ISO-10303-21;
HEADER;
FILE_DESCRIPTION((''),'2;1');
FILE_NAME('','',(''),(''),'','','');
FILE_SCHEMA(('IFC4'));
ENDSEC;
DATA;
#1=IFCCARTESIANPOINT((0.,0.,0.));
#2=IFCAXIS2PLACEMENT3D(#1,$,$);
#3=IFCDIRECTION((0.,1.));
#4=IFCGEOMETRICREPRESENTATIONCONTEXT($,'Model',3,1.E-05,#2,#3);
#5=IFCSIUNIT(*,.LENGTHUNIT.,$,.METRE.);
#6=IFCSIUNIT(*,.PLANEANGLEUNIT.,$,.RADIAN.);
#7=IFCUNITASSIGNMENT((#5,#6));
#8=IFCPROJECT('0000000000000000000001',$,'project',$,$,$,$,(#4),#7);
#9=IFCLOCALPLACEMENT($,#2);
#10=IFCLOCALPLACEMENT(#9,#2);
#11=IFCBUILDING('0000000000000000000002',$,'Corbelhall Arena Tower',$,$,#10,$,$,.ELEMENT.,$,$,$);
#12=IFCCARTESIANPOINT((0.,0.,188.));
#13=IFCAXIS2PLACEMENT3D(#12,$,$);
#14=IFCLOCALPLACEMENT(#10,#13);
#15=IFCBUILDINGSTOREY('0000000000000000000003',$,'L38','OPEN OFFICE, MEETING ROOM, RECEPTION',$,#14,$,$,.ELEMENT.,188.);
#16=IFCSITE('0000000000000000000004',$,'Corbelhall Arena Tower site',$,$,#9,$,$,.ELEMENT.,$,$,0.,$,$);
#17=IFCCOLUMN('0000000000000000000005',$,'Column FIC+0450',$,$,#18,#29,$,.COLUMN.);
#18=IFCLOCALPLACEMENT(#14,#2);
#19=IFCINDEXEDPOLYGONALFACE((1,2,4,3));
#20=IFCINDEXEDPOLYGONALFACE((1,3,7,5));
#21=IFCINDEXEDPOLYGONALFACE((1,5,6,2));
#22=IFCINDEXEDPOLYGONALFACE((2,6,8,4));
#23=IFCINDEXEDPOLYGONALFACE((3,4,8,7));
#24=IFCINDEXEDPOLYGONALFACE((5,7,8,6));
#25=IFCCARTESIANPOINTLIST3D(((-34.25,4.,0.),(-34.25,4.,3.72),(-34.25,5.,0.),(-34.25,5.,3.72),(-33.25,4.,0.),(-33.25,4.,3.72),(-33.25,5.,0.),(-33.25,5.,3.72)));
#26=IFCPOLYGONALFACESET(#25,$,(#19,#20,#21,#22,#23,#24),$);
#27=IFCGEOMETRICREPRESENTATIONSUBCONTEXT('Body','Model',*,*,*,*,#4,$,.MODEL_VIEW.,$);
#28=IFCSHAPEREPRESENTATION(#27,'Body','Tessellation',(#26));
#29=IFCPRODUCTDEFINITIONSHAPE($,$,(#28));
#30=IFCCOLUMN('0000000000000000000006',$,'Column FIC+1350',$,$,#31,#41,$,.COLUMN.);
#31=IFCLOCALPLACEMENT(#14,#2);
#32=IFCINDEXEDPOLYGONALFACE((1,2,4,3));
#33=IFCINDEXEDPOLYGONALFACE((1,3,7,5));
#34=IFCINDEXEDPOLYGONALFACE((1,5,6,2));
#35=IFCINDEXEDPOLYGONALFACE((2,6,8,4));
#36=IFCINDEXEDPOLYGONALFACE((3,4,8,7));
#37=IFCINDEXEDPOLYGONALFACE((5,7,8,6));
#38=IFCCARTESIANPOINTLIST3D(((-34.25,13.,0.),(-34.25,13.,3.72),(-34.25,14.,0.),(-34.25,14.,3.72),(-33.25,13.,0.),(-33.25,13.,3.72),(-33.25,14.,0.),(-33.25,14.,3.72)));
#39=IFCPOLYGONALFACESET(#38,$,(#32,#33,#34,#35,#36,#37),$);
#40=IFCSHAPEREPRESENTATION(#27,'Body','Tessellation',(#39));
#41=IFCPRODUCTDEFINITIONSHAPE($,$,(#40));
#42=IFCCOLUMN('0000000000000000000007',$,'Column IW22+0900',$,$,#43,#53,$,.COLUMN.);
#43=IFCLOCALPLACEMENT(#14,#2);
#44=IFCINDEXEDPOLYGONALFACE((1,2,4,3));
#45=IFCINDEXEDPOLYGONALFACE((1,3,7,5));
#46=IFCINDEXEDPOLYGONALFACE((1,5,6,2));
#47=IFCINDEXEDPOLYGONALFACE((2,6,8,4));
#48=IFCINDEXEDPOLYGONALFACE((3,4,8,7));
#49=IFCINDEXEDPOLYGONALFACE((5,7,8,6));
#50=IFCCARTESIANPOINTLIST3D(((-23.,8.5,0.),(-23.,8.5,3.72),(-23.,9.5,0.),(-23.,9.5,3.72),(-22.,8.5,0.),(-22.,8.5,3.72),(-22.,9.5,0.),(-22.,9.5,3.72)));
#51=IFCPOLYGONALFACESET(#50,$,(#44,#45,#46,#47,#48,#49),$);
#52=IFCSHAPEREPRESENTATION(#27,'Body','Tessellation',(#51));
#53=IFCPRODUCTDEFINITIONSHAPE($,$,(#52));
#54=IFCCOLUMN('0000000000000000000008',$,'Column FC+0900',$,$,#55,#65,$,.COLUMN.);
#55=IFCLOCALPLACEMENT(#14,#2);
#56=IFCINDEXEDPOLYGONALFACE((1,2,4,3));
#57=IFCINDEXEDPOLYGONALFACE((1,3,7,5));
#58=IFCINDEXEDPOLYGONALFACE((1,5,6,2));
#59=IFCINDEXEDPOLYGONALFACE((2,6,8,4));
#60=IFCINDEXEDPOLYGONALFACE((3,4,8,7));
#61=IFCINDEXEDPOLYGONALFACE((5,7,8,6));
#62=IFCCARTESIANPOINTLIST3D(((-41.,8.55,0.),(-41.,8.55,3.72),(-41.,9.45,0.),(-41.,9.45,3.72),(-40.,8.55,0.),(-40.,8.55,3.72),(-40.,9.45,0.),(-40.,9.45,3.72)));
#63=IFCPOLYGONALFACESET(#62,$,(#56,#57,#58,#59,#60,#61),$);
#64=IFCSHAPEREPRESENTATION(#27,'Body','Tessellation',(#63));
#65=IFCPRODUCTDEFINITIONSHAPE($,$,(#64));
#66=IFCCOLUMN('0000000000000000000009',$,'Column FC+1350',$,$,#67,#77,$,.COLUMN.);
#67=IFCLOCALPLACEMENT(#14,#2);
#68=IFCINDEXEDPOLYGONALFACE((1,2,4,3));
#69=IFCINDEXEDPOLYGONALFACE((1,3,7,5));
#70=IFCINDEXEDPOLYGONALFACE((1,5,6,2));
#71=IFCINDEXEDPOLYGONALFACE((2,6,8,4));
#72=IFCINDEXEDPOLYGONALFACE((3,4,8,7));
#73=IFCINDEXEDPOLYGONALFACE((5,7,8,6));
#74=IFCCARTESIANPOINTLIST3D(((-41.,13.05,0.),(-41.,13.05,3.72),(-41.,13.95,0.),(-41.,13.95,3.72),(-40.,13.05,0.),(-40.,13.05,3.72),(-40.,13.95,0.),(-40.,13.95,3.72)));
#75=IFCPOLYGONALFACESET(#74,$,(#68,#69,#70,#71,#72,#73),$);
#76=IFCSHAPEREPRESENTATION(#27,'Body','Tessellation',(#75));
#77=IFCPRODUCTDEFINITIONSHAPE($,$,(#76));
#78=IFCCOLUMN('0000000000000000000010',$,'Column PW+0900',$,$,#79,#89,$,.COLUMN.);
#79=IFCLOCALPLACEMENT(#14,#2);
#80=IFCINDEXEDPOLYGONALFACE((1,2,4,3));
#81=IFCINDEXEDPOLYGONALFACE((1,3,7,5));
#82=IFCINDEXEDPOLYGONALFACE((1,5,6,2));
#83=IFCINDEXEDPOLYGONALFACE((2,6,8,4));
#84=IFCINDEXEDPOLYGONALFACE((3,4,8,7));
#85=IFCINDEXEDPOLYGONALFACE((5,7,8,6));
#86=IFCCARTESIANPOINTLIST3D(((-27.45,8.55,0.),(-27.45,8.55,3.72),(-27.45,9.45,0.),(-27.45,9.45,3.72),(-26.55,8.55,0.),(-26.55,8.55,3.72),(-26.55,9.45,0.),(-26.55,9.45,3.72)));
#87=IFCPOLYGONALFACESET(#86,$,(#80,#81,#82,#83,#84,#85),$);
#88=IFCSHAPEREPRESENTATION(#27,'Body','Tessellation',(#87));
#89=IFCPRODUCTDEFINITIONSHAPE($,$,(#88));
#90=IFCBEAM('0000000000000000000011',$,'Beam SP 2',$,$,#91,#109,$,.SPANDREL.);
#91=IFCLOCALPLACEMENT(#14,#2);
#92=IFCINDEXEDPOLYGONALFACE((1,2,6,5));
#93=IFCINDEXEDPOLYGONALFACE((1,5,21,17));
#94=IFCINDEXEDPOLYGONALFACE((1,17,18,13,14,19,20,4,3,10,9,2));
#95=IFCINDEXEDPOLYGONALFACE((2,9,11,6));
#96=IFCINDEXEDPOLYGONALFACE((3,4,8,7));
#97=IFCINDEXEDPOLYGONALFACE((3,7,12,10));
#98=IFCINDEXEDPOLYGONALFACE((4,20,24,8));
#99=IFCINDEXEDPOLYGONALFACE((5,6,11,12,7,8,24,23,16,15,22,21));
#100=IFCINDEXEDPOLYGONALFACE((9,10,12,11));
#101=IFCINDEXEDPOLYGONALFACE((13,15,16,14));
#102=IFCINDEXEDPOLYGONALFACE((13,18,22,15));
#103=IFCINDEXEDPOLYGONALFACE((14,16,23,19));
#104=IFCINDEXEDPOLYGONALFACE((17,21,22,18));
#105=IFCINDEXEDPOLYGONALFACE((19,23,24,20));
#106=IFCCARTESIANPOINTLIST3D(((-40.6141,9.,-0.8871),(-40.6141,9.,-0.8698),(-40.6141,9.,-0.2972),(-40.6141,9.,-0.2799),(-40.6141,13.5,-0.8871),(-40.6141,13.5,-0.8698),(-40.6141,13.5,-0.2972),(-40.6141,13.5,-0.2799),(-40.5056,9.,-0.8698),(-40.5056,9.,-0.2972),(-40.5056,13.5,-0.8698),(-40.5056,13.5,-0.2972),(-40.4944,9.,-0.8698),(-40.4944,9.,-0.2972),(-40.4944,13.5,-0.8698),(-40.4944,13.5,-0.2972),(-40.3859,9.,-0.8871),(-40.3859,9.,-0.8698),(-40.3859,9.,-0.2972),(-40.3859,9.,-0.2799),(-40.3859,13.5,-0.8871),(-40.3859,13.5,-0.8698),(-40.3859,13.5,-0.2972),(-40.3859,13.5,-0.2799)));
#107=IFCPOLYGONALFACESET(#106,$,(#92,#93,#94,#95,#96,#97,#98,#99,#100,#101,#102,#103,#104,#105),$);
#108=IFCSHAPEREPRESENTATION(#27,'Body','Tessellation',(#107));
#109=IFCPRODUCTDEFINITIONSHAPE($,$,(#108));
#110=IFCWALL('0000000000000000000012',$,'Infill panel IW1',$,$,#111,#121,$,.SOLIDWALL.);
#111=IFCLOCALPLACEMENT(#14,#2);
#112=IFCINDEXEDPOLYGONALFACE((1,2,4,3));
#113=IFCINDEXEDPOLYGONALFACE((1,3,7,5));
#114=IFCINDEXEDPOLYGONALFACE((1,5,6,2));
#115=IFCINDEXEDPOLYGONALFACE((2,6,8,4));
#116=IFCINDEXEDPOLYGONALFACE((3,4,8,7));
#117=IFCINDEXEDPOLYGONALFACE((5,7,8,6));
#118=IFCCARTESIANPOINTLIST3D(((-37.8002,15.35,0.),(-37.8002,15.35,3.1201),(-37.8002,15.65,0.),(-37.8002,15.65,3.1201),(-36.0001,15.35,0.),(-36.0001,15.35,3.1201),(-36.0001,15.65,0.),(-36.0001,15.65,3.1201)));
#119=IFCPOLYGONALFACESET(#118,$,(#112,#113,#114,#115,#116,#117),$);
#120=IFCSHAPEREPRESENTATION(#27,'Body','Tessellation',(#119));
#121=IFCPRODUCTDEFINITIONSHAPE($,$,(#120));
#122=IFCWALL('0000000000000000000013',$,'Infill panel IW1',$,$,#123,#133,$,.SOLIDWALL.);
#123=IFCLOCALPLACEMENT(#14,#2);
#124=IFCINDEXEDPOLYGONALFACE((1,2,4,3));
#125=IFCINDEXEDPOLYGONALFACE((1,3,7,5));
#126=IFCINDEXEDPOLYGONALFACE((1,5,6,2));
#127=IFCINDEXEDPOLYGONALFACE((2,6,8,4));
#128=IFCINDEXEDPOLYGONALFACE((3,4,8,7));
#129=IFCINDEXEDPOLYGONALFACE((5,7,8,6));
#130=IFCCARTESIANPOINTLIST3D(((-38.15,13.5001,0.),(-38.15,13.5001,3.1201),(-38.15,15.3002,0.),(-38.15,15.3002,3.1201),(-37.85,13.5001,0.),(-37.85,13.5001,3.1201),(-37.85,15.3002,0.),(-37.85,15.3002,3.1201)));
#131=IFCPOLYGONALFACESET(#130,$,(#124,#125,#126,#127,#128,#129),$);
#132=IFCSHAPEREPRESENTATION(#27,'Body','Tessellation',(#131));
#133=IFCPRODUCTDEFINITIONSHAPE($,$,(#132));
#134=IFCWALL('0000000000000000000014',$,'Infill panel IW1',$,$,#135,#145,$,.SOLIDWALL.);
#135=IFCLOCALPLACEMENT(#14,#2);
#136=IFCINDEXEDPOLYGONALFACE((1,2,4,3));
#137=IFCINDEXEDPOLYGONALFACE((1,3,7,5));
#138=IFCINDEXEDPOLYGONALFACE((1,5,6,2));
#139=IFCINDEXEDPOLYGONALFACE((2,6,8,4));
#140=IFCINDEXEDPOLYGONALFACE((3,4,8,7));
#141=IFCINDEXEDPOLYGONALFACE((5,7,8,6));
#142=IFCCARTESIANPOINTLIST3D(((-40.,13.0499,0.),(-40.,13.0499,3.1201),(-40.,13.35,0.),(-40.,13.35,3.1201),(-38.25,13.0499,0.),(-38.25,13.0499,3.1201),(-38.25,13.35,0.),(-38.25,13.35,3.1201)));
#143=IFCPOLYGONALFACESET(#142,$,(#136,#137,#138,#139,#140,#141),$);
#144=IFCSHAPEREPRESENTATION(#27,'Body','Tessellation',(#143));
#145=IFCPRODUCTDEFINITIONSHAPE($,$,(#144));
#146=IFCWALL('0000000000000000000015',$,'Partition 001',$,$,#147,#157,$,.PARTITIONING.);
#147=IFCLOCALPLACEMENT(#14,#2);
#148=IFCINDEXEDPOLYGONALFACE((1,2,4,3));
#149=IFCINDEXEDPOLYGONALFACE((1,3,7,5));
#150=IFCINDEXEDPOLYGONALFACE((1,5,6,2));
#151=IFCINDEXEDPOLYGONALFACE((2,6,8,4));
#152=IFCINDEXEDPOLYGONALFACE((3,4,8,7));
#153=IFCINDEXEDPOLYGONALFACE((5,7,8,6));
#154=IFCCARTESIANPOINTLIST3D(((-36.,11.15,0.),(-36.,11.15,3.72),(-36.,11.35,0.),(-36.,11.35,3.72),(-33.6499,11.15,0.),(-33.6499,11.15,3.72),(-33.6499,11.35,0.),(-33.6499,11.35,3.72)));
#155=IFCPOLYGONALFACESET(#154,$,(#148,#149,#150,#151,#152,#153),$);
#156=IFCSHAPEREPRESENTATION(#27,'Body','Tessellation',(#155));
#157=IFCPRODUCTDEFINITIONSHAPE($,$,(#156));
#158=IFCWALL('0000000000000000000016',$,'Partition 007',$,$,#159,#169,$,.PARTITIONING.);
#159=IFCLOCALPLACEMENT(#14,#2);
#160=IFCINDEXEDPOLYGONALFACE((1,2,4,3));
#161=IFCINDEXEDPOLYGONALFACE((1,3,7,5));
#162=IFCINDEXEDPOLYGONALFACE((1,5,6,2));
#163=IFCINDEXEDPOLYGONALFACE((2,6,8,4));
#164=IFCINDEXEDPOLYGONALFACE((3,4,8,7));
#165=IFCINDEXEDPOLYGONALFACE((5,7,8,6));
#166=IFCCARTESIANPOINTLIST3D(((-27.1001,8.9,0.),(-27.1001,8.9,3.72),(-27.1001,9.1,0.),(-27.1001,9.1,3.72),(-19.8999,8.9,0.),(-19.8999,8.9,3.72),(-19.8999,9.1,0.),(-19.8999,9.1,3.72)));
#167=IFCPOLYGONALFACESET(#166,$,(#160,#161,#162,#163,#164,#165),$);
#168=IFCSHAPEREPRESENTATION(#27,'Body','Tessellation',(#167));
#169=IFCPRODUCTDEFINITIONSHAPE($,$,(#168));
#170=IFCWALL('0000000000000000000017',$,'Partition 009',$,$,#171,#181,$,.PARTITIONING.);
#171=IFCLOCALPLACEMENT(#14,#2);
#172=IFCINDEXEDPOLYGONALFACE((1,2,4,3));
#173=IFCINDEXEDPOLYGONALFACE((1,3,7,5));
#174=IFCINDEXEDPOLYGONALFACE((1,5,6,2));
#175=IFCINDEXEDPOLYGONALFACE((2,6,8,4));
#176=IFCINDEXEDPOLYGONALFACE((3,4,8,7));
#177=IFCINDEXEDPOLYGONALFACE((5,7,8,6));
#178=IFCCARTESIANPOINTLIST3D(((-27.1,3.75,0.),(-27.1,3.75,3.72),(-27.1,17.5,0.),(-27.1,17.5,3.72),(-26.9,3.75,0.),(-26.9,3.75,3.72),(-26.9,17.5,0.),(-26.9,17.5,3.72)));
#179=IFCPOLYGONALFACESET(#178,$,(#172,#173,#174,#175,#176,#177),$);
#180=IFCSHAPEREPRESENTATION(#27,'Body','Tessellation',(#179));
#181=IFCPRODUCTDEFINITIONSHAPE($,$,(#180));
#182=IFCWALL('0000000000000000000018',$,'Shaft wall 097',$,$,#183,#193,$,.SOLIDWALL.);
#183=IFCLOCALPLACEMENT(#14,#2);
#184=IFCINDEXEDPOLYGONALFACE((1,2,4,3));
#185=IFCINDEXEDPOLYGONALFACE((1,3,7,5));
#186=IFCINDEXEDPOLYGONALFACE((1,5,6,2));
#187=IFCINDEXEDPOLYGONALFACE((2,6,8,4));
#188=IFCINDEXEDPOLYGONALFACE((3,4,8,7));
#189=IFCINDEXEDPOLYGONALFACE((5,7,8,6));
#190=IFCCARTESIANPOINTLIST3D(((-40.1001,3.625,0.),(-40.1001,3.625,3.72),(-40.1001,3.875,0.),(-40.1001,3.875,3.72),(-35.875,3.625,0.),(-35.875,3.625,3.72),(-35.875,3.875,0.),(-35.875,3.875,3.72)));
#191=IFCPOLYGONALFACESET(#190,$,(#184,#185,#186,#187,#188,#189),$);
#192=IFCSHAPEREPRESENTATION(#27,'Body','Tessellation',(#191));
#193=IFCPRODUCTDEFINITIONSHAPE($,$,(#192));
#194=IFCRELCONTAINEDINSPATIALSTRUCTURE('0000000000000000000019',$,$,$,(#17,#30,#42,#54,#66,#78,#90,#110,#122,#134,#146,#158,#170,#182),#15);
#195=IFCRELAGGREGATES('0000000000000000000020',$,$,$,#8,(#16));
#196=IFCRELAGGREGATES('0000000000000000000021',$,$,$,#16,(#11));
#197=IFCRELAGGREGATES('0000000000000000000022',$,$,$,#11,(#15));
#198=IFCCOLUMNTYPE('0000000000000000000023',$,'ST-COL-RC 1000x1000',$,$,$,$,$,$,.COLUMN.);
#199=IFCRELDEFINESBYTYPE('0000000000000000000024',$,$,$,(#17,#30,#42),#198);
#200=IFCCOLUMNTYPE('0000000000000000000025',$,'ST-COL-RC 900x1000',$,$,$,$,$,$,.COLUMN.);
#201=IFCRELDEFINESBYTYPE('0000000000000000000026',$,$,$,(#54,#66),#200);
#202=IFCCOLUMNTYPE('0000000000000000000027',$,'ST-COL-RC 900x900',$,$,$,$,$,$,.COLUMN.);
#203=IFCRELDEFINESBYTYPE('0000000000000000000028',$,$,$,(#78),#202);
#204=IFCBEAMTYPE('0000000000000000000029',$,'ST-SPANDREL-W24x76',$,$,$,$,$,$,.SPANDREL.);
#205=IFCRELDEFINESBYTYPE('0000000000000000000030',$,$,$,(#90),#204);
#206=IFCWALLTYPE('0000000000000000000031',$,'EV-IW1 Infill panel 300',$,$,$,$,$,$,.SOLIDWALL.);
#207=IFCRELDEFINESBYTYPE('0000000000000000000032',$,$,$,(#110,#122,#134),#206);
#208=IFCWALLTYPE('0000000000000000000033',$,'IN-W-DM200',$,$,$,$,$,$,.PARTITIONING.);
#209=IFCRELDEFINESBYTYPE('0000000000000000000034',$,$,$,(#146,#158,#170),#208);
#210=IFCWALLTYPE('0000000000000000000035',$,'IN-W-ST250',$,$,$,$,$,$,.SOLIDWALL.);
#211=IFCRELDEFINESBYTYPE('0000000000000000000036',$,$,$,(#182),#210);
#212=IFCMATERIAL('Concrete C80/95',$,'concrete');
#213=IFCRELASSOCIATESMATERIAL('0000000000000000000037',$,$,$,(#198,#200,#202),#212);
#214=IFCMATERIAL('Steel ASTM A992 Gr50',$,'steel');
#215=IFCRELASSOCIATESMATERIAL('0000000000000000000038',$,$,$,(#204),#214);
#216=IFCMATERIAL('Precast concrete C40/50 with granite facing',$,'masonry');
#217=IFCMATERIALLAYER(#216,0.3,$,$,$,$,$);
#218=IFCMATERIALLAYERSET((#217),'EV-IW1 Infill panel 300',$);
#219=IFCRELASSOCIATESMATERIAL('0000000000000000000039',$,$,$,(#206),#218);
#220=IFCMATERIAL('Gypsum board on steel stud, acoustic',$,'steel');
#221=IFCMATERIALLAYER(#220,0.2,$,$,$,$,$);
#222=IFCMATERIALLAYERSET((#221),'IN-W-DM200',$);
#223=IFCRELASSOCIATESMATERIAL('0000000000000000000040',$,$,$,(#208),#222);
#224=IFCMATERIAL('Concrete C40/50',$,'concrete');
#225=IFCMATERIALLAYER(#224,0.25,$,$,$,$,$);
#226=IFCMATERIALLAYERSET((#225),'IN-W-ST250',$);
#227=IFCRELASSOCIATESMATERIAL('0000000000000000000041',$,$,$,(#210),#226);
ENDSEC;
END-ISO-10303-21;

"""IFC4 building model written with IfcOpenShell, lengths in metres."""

from ifc_helpers import new_model, si_unit, direction, frame, frame_2d, origin, origin_2d, place, context, subcontext, project, spatial, rectangle, i_section, extrude, material, layer, layer_set, material_profile, profile_set, type_object, element, save


model = new_model("IFC4")

# Units and contexts
model_context = context("Model", 3, precision=1e-05, world=origin(), true_north=direction((0.0, 1.0)))
body_context = subcontext(model_context, "Body", "Model", "MODEL_VIEW")
ifc_project = project(units=[si_unit("LENGTHUNIT", "METRE"), si_unit("PLANEANGLEUNIT", "RADIAN")], contexts=[model_context])

# Site, building, storey
site_placement = place(None, origin())
site = spatial("IfcSite", under=ifc_project, at=site_placement, Name="Corbelhall Arena Tower site", CompositionType="ELEMENT", RefElevation=0.0)
building_placement = place(site_placement, origin())
building = spatial("IfcBuilding", under=site, at=building_placement, Name="Corbelhall Arena Tower", CompositionType="ELEMENT")
storey_placement = place(building_placement, frame((0.0, 0.0, 188.0)))
storey = spatial("IfcBuildingStorey", under=building, at=storey_placement, Name="L38", Description="OPEN OFFICE, MEETING ROOM, RECEPTION", CompositionType="ELEMENT", Elevation=188.0)

# Columns
ifc_material_1 = material(Name="Concrete C80/95", Category="concrete")
ifc_material_profile_1 = material_profile(ifc_material_1, rectangle(XDim=1.0, YDim=1.0, at=origin_2d()))
ifc_profile_set_1 = profile_set([ifc_material_profile_1], Name="Concrete C80/95")
column_type_1 = type_object("IfcColumnType", Name="ST-COL-RC 1000x1000", PredefinedType="COLUMN", material=ifc_profile_set_1)
for number, where, z_axis, x_axis, name in (
    (1, (-33.75, 4.5, 0.0), (0.0, 0.0, 1.0), (1.0, 0.0, 0.0), "Column FIC+0450"),
    (2, (-33.75, 13.5, 0.0), (0.0, 0.0, 1.0), (1.0, 0.0, 0.0), "Column FIC+1350"),
    (3, (-22.5, 9.0, 0.0), (0.0, 0.0, 1.0), (1.0, 0.0, 0.0), "Column IW22+0900"),
):
    element("IfcColumn", number, at=place(storey_placement, frame(where, z_axis=z_axis, x_axis=x_axis)), inside=storey, type_object=column_type_1, Name=name, PredefinedType="COLUMN", context=body_context, shape_type="SweptSolid", body=[
        extrude(rectangle(XDim=1.0, YDim=1.0, at=origin_2d()), origin(), (0.0, 0.0, 1.0), 3.72),
    ])
ifc_material_profile_2 = material_profile(ifc_material_1, rectangle(XDim=0.8999, YDim=1.0, at=origin_2d()))
ifc_profile_set_2 = profile_set([ifc_material_profile_2], Name="Concrete C80/95")
column_type_2 = type_object("IfcColumnType", Name="ST-COL-RC 900x1000", PredefinedType="COLUMN", material=ifc_profile_set_2)
for number, where, z_axis, x_axis, name in (
    (4, (-40.5, 9.0, 0.0), (0.0, 0.0, 1.0), (0.0, 1.0, 0.0), "Column FC+0900"),
    (5, (-40.5, 13.5, 0.0), (0.0, 0.0, 1.0), (0.0, 1.0, 0.0), "Column FC+1350"),
):
    element("IfcColumn", number, at=place(storey_placement, frame(where, z_axis=z_axis, x_axis=x_axis)), inside=storey, type_object=column_type_2, Name=name, PredefinedType="COLUMN", context=body_context, shape_type="SweptSolid", body=[
        extrude(rectangle(XDim=0.8999, YDim=1.0, at=origin_2d()), origin(), (0.0, 0.0, 1.0), 3.72),
    ])
ifc_material_profile_3 = material_profile(ifc_material_1, rectangle(XDim=0.8999, YDim=0.8999, at=origin_2d()))
ifc_profile_set_3 = profile_set([ifc_material_profile_3], Name="Concrete C80/95")
column_type_3 = type_object("IfcColumnType", Name="ST-COL-RC 900x900", PredefinedType="COLUMN", material=ifc_profile_set_3)
column_placement = place(storey_placement, frame((-27.0, 9.0, 0.0), z_axis=(0.0, 0.0, 1.0), x_axis=(1.0, 0.0, 0.0)))
element("IfcColumn", 6, at=column_placement, inside=storey, type_object=column_type_3, Name="Column PW+0900", PredefinedType="COLUMN", context=body_context, shape_type="SweptSolid", body=[
    extrude(rectangle(XDim=0.8999, YDim=0.8999, at=origin_2d()), origin(), (0.0, 0.0, 1.0), 3.72),
])

# Beam
ifc_material_2 = material(Name="Steel ASTM A992 Gr50", Category="steel")
ifc_material_profile_4 = material_profile(ifc_material_2, i_section(OverallWidth=0.2283, OverallDepth=0.6072, WebThickness=0.0112, FlangeThickness=0.0173, at=origin_2d()))
ifc_profile_set_4 = profile_set([ifc_material_profile_4], Name="Steel ASTM A992 Gr50")
beam_type = type_object("IfcBeamType", Name="ST-SPANDREL-W24x76", PredefinedType="SPANDREL", material=ifc_profile_set_4)
beam_placement = place(storey_placement, frame((-40.5, 9.0, -0.5835), z_axis=(0.0, 1.0, 0.0), x_axis=(-1.0, 0.0, 0.0)))
element("IfcBeam", 7, at=beam_placement, inside=storey, type_object=beam_type, Name="Beam SP 2", PredefinedType="SPANDREL", context=body_context, shape_type="SweptSolid", body=[
    extrude(i_section(OverallWidth=0.2283, OverallDepth=0.6072, WebThickness=0.0112, FlangeThickness=0.0173, at=origin_2d()), origin(), (0.0, 0.0, 1.0), 4.5),
])

# Walls
ifc_material_3 = material(Name="Precast concrete C40/50 with granite facing", Category="masonry")
ifc_layer_1 = layer(ifc_material_3, 0.3)
ifc_layer_set_1 = layer_set([ifc_layer_1], Name="EV-IW1 Infill panel 300")
wall_type_1 = type_object("IfcWallType", Name="EV-IW1 Infill panel 300", PredefinedType="SOLIDWALL", material=ifc_layer_set_1)
for number, where, z_axis, x_axis, name in (
    (8, (-37.8, 15.5, 0.0), (0.0, 0.0, 1.0), (1.0, 0.0, 0.0), "Infill panel IW1"),
    (9, (-38.0, 15.3, 0.0), (0.0, 0.0, 1.0), (0.0, -1.0, 0.0), "Infill panel IW1"),
):
    element("IfcWall", number, at=place(storey_placement, frame(where, z_axis=z_axis, x_axis=x_axis)), inside=storey, type_object=wall_type_1, Name=name, PredefinedType="SOLIDWALL", context=body_context, shape_type="SweptSolid", body=[
        extrude(rectangle(XDim=1.8, YDim=0.3, at=frame_2d((0.8999, 0.0))), origin(), (0.0, 0.0, 1.0), 3.1201),
    ])
wall_1_placement = place(storey_placement, frame((-40.0, 13.2, 0.0), z_axis=(0.0, 0.0, 1.0), x_axis=(1.0, 0.0, 0.0)))
element("IfcWall", 10, at=wall_1_placement, inside=storey, type_object=wall_type_1, Name="Infill panel IW1", PredefinedType="SOLIDWALL", context=body_context, shape_type="SweptSolid", body=[
    extrude(rectangle(XDim=1.75, YDim=0.3, at=frame_2d((0.875, 0.0))), origin(), (0.0, 0.0, 1.0), 3.1201),
])

# Wall
ifc_material_4 = material(Name="Gypsum board on steel stud, acoustic", Category="steel")
ifc_layer_2 = layer(ifc_material_4, 0.2)
ifc_layer_set_2 = layer_set([ifc_layer_2], Name="IN-W-DM200")
wall_type_2 = type_object("IfcWallType", Name="IN-W-DM200", PredefinedType="PARTITIONING", material=ifc_layer_set_2)
wall_2_placement = place(storey_placement, frame((-36.0, 11.25, 0.0), z_axis=(0.0, 0.0, 1.0), x_axis=(1.0, 0.0, 0.0)))
element("IfcWall", 11, at=wall_2_placement, inside=storey, type_object=wall_type_2, Name="Partition 001", PredefinedType="PARTITIONING", context=body_context, shape_type="SweptSolid", body=[
    extrude(rectangle(XDim=2.3501, YDim=0.2, at=frame_2d((1.175, 0.0))), origin(), (0.0, 0.0, 1.0), 3.72),
])

# Walls
wall_3_placement = place(storey_placement, frame((-27.1001, 9.0, 0.0), z_axis=(0.0, 0.0, 1.0), x_axis=(1.0, 0.0, 0.0)))
element("IfcWall", 12, at=wall_3_placement, inside=storey, type_object=wall_type_2, Name="Partition 007", PredefinedType="PARTITIONING", context=body_context, shape_type="SweptSolid", body=[
    extrude(rectangle(XDim=7.2002, YDim=0.2, at=frame_2d((3.6001, 0.0))), origin(), (0.0, 0.0, 1.0), 3.72),
])
wall_4_placement = place(storey_placement, frame((-27.0, 3.75, 0.0), z_axis=(0.0, 0.0, 1.0), x_axis=(0.0, 1.0, 0.0)))
element("IfcWall", 13, at=wall_4_placement, inside=storey, type_object=wall_type_2, Name="Partition 009", PredefinedType="PARTITIONING", context=body_context, shape_type="SweptSolid", body=[
    extrude(rectangle(XDim=13.75, YDim=0.2, at=frame_2d((6.875, 0.0))), origin(), (0.0, 0.0, 1.0), 3.72),
])
ifc_material_5 = material(Name="Concrete C40/50", Category="concrete")
ifc_layer_3 = layer(ifc_material_5, 0.25)
ifc_layer_set_3 = layer_set([ifc_layer_3], Name="IN-W-ST250")
wall_type_3 = type_object("IfcWallType", Name="IN-W-ST250", PredefinedType="SOLIDWALL", material=ifc_layer_set_3)
wall_5_placement = place(storey_placement, frame((-40.1001, 3.75, 0.0), z_axis=(0.0, 0.0, 1.0), x_axis=(1.0, 0.0, 0.0)))
element("IfcWall", 14, at=wall_5_placement, inside=storey, type_object=wall_type_3, Name="Shaft wall 097", PredefinedType="SOLIDWALL", context=body_context, shape_type="SweptSolid", body=[
    extrude(rectangle(XDim=4.2251, YDim=0.25, at=frame_2d((2.1125, 0.0))), origin(), (0.0, 0.0, 1.0), 3.72),
])

save(model, "model.ifc")
